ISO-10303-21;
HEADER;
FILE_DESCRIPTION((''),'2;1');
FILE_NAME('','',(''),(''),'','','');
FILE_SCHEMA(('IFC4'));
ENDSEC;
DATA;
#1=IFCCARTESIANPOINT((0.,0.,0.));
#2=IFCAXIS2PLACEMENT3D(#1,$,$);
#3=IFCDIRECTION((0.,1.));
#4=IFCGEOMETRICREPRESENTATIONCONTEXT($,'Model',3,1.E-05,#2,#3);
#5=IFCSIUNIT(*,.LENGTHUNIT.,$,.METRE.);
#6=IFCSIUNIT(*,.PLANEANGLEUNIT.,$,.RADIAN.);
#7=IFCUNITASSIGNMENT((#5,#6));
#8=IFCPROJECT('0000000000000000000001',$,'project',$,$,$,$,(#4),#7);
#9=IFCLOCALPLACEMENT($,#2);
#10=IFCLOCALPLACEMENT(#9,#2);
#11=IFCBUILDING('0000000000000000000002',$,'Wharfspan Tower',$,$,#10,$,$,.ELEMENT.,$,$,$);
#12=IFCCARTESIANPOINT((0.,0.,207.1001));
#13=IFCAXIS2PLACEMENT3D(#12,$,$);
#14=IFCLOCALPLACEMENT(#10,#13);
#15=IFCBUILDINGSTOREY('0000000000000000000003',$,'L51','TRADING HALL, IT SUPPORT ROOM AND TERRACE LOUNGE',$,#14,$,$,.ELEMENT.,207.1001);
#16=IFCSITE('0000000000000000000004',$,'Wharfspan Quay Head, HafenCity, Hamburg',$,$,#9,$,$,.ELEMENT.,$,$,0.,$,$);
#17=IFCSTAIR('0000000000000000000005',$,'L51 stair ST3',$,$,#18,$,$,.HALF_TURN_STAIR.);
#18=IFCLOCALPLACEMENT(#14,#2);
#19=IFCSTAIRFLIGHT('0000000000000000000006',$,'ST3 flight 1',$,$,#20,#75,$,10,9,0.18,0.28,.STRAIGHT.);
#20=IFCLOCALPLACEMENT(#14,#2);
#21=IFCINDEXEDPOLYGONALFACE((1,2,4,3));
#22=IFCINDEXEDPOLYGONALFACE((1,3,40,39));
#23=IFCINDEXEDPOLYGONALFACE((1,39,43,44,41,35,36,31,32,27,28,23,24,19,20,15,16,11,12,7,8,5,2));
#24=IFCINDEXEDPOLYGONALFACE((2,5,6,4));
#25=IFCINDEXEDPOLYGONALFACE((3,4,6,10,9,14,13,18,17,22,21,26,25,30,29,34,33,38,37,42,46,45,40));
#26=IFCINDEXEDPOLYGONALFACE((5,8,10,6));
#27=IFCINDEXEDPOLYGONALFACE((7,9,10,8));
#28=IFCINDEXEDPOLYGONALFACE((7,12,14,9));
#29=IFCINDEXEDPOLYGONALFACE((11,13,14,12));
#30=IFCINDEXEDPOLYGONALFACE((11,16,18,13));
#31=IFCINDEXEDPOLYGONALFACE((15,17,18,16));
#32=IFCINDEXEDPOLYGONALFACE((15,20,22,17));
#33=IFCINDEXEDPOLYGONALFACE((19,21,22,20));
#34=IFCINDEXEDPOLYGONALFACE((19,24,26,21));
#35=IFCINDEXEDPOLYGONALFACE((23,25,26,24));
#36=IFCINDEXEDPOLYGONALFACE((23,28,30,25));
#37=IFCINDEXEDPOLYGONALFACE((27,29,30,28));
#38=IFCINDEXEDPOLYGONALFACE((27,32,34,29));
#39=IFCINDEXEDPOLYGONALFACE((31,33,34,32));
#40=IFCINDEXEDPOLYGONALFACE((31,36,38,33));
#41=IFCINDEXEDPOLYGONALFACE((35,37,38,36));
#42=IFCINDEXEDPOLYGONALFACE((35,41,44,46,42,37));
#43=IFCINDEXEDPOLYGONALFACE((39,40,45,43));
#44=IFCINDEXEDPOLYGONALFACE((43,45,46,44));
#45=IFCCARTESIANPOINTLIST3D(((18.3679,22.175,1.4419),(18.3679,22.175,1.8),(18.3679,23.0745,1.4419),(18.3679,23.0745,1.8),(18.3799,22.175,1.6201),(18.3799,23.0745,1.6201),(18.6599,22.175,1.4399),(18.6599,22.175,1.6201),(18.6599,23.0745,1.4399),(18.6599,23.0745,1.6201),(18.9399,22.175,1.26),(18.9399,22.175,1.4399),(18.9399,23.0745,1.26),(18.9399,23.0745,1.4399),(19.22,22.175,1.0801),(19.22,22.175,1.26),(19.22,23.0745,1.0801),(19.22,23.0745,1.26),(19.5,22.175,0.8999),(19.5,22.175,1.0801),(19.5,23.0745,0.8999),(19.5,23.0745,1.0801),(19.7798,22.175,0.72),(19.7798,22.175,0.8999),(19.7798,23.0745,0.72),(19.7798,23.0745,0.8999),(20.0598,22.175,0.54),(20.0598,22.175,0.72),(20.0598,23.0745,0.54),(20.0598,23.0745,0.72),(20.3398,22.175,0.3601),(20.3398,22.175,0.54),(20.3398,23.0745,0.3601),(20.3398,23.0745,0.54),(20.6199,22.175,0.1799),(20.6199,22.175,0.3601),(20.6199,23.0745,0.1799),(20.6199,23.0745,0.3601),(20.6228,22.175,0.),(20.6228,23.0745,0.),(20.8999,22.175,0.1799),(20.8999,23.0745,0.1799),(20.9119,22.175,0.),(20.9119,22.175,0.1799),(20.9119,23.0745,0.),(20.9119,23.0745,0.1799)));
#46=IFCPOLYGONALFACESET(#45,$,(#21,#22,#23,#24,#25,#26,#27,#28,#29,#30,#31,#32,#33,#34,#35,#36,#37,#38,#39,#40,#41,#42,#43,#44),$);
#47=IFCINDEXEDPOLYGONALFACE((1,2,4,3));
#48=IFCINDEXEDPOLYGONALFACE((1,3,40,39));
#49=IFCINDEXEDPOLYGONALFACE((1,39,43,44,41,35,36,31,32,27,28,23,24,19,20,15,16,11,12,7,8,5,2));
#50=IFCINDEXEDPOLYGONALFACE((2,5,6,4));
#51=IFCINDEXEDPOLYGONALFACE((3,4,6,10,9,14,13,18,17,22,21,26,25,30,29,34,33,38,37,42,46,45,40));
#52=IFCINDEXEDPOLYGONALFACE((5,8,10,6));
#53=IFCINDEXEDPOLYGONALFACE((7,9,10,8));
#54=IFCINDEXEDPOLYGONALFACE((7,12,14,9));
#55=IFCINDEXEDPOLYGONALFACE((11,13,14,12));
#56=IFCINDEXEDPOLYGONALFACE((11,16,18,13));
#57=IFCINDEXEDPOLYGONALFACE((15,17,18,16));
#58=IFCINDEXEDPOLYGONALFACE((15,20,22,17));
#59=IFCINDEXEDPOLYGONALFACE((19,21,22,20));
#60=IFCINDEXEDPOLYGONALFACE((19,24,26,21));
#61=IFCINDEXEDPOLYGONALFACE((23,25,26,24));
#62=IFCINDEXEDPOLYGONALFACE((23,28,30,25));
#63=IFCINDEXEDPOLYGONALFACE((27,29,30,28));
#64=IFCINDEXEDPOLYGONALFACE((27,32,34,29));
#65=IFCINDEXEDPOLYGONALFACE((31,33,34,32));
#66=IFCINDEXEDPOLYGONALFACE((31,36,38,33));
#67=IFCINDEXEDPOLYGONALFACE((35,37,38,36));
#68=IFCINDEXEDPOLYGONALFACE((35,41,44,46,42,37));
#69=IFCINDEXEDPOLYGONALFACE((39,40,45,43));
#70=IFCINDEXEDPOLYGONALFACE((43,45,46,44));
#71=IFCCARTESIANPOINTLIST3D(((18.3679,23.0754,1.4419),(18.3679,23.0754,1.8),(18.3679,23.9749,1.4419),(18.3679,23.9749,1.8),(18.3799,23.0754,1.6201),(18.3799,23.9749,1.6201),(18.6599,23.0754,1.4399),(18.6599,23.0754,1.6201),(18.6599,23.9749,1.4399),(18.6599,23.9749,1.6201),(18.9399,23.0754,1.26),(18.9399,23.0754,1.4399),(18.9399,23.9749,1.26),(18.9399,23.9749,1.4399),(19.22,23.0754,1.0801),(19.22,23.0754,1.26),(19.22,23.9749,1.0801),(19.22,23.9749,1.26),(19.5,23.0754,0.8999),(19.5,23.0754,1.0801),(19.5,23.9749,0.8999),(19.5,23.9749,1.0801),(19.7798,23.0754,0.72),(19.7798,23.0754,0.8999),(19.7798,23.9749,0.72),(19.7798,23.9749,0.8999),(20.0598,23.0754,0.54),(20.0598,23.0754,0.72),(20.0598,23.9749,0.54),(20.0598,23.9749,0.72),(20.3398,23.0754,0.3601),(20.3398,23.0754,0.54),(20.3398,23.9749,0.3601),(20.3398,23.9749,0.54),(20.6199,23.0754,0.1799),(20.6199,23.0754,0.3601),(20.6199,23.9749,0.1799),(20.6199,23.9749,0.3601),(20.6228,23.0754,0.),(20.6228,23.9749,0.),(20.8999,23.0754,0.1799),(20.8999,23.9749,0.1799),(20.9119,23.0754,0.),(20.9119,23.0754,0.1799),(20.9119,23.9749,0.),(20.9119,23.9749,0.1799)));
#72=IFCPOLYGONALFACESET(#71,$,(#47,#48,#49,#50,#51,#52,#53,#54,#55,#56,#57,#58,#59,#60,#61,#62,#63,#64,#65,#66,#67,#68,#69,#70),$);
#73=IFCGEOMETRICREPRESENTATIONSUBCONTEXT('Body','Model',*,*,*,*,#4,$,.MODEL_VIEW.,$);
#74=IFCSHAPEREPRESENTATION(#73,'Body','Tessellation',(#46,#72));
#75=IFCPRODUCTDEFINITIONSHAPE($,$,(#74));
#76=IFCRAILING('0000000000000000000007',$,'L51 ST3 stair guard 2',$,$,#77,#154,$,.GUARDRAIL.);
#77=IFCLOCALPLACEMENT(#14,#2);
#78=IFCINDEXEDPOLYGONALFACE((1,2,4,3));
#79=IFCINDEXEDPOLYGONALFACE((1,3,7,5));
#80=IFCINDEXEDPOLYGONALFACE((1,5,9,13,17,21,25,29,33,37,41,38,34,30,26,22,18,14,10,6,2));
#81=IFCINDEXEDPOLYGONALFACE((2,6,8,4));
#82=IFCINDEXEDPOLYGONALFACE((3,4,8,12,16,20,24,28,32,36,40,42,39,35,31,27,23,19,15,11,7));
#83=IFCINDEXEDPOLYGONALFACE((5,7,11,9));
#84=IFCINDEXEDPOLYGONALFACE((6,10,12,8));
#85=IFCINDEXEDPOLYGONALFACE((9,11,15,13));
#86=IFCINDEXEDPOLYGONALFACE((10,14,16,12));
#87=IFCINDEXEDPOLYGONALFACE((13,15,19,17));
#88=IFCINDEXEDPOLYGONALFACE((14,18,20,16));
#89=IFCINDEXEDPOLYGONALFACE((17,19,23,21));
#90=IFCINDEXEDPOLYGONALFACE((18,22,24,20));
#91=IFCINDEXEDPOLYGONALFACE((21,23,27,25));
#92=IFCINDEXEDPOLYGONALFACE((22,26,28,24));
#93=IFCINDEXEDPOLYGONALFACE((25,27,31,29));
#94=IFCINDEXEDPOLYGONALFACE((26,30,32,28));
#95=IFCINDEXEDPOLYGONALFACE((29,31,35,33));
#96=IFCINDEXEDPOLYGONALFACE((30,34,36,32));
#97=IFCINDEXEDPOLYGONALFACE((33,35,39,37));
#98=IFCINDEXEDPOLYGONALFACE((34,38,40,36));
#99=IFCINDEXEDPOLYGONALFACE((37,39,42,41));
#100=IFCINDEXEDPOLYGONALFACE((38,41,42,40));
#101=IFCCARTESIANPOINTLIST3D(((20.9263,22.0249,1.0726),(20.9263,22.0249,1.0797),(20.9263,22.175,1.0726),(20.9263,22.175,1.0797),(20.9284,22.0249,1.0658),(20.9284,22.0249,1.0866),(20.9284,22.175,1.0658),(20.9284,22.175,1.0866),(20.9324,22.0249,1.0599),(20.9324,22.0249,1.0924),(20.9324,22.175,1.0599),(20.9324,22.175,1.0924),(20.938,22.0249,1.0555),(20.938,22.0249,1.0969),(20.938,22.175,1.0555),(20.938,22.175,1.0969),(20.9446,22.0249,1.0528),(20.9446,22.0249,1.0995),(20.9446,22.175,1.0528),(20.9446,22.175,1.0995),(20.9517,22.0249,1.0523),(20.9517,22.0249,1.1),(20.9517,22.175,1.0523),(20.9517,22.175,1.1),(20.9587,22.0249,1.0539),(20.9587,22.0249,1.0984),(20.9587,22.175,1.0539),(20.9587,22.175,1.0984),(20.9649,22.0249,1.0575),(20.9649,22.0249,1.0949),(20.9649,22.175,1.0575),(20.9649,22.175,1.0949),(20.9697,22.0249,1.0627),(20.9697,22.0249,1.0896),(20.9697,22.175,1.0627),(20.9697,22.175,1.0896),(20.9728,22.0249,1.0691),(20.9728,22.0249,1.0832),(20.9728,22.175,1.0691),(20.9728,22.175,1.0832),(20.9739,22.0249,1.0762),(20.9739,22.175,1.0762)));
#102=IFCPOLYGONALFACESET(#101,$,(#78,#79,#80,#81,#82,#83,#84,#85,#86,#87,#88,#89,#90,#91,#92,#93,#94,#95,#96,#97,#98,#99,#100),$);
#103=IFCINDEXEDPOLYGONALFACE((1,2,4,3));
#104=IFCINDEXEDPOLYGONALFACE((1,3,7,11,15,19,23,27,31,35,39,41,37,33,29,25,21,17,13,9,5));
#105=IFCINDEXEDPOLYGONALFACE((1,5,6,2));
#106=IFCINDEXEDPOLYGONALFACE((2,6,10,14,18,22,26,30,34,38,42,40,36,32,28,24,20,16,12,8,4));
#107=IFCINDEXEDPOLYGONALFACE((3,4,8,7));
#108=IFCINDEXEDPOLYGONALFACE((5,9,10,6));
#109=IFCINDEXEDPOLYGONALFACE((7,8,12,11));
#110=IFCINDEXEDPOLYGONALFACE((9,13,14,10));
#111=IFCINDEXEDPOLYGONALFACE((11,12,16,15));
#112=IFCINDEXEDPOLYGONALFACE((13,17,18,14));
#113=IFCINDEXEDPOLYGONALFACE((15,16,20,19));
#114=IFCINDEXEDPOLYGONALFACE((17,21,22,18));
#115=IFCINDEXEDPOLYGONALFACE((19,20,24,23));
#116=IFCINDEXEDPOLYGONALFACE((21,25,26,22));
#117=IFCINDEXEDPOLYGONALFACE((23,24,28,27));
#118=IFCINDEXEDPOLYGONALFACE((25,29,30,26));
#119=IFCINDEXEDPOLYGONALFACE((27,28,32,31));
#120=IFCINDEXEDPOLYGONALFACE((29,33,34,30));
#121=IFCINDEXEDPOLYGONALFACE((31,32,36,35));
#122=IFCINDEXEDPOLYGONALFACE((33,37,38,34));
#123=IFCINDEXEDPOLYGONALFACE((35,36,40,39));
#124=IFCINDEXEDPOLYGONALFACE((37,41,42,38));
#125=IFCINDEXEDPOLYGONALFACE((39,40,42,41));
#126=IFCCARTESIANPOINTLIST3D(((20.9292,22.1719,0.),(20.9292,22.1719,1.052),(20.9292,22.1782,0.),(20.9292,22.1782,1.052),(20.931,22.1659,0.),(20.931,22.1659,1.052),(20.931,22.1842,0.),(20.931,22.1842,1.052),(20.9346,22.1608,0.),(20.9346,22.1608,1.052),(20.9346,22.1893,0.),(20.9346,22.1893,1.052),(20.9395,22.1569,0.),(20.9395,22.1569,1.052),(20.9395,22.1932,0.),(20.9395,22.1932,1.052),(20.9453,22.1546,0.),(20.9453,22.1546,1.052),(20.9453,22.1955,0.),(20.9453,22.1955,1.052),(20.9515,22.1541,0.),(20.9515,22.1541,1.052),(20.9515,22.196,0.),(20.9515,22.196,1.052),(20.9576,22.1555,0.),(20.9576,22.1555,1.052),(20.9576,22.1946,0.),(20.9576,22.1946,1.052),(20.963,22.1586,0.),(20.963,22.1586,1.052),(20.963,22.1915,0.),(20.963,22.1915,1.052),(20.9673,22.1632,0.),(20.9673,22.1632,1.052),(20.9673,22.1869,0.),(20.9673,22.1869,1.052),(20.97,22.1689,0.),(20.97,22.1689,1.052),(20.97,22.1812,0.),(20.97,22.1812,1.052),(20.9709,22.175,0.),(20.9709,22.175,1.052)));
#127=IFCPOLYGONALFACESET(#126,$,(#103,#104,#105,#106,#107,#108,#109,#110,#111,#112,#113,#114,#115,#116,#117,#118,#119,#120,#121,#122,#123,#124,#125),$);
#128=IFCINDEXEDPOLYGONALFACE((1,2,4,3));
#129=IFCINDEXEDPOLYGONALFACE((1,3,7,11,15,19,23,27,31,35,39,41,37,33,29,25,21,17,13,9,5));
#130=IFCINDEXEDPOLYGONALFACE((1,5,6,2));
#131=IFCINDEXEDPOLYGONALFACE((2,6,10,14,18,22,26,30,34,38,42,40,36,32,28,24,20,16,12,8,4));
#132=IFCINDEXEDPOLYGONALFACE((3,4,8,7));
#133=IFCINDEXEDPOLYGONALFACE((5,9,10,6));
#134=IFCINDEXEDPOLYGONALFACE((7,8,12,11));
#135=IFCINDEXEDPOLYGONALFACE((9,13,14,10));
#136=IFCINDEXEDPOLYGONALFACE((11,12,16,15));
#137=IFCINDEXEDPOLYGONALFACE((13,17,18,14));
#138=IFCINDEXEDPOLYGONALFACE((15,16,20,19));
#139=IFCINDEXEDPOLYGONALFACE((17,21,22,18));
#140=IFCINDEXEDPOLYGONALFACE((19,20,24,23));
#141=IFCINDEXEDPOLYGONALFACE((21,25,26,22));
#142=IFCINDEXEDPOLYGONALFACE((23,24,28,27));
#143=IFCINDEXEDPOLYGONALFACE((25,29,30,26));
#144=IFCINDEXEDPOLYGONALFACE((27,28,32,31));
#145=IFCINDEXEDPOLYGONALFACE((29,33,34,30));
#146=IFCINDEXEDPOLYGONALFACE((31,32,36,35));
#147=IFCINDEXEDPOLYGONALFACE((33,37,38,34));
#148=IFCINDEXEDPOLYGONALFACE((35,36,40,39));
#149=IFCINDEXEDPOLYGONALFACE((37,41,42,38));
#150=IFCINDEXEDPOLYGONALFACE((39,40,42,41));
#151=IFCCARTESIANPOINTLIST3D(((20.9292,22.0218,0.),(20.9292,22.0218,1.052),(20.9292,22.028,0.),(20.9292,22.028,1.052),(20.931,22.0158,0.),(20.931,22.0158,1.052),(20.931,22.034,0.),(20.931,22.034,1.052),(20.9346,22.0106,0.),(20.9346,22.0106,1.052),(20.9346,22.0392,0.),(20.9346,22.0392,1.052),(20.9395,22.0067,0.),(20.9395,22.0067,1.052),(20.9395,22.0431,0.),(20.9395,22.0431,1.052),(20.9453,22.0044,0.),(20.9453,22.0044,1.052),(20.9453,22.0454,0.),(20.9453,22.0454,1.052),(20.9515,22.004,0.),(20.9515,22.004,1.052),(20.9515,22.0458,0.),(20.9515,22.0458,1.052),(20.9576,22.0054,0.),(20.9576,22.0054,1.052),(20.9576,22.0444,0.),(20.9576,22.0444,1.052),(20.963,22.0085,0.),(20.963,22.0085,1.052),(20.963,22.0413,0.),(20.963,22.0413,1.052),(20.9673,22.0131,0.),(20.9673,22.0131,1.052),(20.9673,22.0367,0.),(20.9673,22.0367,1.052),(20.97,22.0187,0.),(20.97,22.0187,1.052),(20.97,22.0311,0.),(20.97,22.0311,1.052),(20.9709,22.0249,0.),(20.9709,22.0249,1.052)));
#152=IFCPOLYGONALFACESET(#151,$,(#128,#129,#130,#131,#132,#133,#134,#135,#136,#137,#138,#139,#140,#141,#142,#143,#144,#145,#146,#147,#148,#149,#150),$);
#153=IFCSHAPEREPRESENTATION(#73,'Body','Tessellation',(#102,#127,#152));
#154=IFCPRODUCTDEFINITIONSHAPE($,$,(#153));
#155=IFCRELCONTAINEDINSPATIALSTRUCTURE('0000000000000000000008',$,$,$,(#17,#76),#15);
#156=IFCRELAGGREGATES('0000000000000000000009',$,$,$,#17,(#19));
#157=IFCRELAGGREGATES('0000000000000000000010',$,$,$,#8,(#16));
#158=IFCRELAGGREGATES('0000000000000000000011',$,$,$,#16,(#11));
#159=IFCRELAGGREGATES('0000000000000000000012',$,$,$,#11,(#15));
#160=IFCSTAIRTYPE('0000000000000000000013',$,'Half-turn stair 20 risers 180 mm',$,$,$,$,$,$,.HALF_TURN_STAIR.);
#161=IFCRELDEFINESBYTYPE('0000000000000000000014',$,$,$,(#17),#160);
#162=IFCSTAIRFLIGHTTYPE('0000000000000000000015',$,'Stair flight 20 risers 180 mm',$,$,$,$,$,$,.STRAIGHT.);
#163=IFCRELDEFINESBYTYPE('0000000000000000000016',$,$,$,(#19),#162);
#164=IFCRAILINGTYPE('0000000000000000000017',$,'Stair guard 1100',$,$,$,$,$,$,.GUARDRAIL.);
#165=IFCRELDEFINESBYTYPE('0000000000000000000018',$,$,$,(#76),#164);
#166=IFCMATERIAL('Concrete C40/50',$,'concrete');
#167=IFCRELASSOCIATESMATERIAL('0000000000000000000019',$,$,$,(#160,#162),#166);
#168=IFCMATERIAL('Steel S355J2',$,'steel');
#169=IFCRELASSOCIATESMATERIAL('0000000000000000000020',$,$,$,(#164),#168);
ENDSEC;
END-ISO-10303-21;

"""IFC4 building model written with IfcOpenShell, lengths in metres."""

from ifc_helpers import new_model, si_unit, direction, frame, origin, origin_2d, place, context, subcontext, project, spatial, polyline, circle, outline, extrude, material, type_object, element, aggregate, save


model = new_model("IFC4")

# Units and contexts
model_context = context("Model", 3, precision=1e-05, world=origin(), true_north=direction((0.0, 1.0)))
body_context = subcontext(model_context, "Body", "Model", "MODEL_VIEW")
ifc_project = project(units=[si_unit("LENGTHUNIT", "METRE"), si_unit("PLANEANGLEUNIT", "RADIAN")], contexts=[model_context])

# Site, building, storey
site_placement = place(None, origin())
site = spatial("IfcSite", under=ifc_project, at=site_placement, Name="Wharfspan Quay Head, HafenCity, Hamburg", CompositionType="ELEMENT", RefElevation=0.0)
building_placement = place(site_placement, origin())
building = spatial("IfcBuilding", under=site, at=building_placement, Name="Wharfspan Tower", CompositionType="ELEMENT")
storey_placement = place(building_placement, frame((0.0, 0.0, 207.1001)))
storey = spatial("IfcBuildingStorey", under=building, at=storey_placement, Name="L51", Description="TRADING HALL, IT SUPPORT ROOM AND TERRACE LOUNGE", CompositionType="ELEMENT", Elevation=207.1001)

# Shared definitions
ifc_material_1 = material(Name="Steel S355J2", Category="steel")

# Stair, stair flight
ifc_material_2 = material(Name="Concrete C40/50", Category="concrete")
stair_type = type_object("IfcStairType", Name="Half-turn stair 20 risers 180 mm", PredefinedType="HALF_TURN_STAIR", material=ifc_material_2)
stair_placement = place(storey_placement, origin())
stair = element("IfcStair", 1, at=stair_placement, inside=storey, type_object=stair_type, Name="L51 stair ST3", PredefinedType="HALF_TURN_STAIR")
stair_flight_type = type_object("IfcStairFlightType", Name="Stair flight 20 risers 180 mm", PredefinedType="STRAIGHT", material=ifc_material_2)
stair_flight_placement = place(storey_placement, frame((20.8999, 23.075, 0.0), z_axis=(0.0, 0.0, 1.0), x_axis=(-1.0, 0.0, 0.0)))
stair_flight = element("IfcStairFlight", 2, at=stair_flight_placement, type_object=stair_flight_type, Name="ST3 flight 1", NumberOfRisers=10, NumberOfTreads=9, PredefinedType="STRAIGHT", RiserHeight=0.18, TreadLength=0.28, context=body_context, shape_type="SweptSolid", body=[
    extrude(outline(polyline([(-0.012, 0.0), (-0.012, 0.1799), (0.0, 0.1799), (0.28, 0.1799), (0.28, 0.3601), (0.5601, 0.3601), (0.5601, 0.54), (0.8401, 0.54), (0.8401, 0.72), (1.1201, 0.72), (1.1201, 0.8999), (1.3999, 0.8999), (1.3999, 1.0801), (1.6799, 1.0801), (1.6799, 1.26), (1.96, 1.26), (1.96, 1.4399), (2.24, 1.4399), (2.24, 1.6201), (2.52, 1.6201), (2.532, 1.8), (2.532, 1.4419), (0.2771, 0.0), (-0.012, 0.0)])), frame((0.0, 0.8999, 0.0), z_axis=(0.0, -1.0, 0.0), x_axis=(1.0, 0.0, 0.0)), (0.0, 0.0, 1.0), 0.8994),
    extrude(outline(polyline([(-0.012, 0.0), (-0.012, 0.1799), (0.0, 0.1799), (0.28, 0.1799), (0.28, 0.3601), (0.5601, 0.3601), (0.5601, 0.54), (0.8401, 0.54), (0.8401, 0.72), (1.1201, 0.72), (1.1201, 0.8999), (1.3999, 0.8999), (1.3999, 1.0801), (1.6799, 1.0801), (1.6799, 1.26), (1.96, 1.26), (1.96, 1.4399), (2.24, 1.4399), (2.24, 1.6201), (2.52, 1.6201), (2.532, 1.8), (2.532, 1.4419), (0.2771, 0.0), (-0.012, 0.0)])), frame((0.0, -0.0005, 0.0), z_axis=(0.0, -1.0, 0.0), x_axis=(1.0, 0.0, 0.0)), (0.0, 0.0, 1.0), 0.8994),
])
aggregate(stair, [stair_flight])

# Railing
railing_type_1 = type_object("IfcRailingType", Name="Stair guard 1100", PredefinedType="GUARDRAIL", material=ifc_material_1)
railing_1_placement = place(storey_placement, frame((20.95, 22.175, 0.0)))
element("IfcRailing", 3, at=railing_1_placement, inside=storey, type_object=railing_type_1, Name="L51 ST3 stair guard 2", PredefinedType="GUARDRAIL", context=body_context, shape_type="SweptSolid", body=[
    extrude(circle(Radius=0.0239, at=origin_2d()), frame((0.0, 0.0, 1.0762), z_axis=(0.0, -1.0, 0.0), x_axis=(1.0, 0.0, 0.0)), (0.0, 0.0, 1.0), 0.1501),
    extrude(circle(Radius=0.021, at=origin_2d()), origin(), (0.0, 0.0, 1.0), 1.052),
    extrude(circle(Radius=0.021, at=origin_2d()), frame((0.0, -0.1501, 0.0)), (0.0, 0.0, 1.0), 1.052),
])

save(model, "model.ifc")
